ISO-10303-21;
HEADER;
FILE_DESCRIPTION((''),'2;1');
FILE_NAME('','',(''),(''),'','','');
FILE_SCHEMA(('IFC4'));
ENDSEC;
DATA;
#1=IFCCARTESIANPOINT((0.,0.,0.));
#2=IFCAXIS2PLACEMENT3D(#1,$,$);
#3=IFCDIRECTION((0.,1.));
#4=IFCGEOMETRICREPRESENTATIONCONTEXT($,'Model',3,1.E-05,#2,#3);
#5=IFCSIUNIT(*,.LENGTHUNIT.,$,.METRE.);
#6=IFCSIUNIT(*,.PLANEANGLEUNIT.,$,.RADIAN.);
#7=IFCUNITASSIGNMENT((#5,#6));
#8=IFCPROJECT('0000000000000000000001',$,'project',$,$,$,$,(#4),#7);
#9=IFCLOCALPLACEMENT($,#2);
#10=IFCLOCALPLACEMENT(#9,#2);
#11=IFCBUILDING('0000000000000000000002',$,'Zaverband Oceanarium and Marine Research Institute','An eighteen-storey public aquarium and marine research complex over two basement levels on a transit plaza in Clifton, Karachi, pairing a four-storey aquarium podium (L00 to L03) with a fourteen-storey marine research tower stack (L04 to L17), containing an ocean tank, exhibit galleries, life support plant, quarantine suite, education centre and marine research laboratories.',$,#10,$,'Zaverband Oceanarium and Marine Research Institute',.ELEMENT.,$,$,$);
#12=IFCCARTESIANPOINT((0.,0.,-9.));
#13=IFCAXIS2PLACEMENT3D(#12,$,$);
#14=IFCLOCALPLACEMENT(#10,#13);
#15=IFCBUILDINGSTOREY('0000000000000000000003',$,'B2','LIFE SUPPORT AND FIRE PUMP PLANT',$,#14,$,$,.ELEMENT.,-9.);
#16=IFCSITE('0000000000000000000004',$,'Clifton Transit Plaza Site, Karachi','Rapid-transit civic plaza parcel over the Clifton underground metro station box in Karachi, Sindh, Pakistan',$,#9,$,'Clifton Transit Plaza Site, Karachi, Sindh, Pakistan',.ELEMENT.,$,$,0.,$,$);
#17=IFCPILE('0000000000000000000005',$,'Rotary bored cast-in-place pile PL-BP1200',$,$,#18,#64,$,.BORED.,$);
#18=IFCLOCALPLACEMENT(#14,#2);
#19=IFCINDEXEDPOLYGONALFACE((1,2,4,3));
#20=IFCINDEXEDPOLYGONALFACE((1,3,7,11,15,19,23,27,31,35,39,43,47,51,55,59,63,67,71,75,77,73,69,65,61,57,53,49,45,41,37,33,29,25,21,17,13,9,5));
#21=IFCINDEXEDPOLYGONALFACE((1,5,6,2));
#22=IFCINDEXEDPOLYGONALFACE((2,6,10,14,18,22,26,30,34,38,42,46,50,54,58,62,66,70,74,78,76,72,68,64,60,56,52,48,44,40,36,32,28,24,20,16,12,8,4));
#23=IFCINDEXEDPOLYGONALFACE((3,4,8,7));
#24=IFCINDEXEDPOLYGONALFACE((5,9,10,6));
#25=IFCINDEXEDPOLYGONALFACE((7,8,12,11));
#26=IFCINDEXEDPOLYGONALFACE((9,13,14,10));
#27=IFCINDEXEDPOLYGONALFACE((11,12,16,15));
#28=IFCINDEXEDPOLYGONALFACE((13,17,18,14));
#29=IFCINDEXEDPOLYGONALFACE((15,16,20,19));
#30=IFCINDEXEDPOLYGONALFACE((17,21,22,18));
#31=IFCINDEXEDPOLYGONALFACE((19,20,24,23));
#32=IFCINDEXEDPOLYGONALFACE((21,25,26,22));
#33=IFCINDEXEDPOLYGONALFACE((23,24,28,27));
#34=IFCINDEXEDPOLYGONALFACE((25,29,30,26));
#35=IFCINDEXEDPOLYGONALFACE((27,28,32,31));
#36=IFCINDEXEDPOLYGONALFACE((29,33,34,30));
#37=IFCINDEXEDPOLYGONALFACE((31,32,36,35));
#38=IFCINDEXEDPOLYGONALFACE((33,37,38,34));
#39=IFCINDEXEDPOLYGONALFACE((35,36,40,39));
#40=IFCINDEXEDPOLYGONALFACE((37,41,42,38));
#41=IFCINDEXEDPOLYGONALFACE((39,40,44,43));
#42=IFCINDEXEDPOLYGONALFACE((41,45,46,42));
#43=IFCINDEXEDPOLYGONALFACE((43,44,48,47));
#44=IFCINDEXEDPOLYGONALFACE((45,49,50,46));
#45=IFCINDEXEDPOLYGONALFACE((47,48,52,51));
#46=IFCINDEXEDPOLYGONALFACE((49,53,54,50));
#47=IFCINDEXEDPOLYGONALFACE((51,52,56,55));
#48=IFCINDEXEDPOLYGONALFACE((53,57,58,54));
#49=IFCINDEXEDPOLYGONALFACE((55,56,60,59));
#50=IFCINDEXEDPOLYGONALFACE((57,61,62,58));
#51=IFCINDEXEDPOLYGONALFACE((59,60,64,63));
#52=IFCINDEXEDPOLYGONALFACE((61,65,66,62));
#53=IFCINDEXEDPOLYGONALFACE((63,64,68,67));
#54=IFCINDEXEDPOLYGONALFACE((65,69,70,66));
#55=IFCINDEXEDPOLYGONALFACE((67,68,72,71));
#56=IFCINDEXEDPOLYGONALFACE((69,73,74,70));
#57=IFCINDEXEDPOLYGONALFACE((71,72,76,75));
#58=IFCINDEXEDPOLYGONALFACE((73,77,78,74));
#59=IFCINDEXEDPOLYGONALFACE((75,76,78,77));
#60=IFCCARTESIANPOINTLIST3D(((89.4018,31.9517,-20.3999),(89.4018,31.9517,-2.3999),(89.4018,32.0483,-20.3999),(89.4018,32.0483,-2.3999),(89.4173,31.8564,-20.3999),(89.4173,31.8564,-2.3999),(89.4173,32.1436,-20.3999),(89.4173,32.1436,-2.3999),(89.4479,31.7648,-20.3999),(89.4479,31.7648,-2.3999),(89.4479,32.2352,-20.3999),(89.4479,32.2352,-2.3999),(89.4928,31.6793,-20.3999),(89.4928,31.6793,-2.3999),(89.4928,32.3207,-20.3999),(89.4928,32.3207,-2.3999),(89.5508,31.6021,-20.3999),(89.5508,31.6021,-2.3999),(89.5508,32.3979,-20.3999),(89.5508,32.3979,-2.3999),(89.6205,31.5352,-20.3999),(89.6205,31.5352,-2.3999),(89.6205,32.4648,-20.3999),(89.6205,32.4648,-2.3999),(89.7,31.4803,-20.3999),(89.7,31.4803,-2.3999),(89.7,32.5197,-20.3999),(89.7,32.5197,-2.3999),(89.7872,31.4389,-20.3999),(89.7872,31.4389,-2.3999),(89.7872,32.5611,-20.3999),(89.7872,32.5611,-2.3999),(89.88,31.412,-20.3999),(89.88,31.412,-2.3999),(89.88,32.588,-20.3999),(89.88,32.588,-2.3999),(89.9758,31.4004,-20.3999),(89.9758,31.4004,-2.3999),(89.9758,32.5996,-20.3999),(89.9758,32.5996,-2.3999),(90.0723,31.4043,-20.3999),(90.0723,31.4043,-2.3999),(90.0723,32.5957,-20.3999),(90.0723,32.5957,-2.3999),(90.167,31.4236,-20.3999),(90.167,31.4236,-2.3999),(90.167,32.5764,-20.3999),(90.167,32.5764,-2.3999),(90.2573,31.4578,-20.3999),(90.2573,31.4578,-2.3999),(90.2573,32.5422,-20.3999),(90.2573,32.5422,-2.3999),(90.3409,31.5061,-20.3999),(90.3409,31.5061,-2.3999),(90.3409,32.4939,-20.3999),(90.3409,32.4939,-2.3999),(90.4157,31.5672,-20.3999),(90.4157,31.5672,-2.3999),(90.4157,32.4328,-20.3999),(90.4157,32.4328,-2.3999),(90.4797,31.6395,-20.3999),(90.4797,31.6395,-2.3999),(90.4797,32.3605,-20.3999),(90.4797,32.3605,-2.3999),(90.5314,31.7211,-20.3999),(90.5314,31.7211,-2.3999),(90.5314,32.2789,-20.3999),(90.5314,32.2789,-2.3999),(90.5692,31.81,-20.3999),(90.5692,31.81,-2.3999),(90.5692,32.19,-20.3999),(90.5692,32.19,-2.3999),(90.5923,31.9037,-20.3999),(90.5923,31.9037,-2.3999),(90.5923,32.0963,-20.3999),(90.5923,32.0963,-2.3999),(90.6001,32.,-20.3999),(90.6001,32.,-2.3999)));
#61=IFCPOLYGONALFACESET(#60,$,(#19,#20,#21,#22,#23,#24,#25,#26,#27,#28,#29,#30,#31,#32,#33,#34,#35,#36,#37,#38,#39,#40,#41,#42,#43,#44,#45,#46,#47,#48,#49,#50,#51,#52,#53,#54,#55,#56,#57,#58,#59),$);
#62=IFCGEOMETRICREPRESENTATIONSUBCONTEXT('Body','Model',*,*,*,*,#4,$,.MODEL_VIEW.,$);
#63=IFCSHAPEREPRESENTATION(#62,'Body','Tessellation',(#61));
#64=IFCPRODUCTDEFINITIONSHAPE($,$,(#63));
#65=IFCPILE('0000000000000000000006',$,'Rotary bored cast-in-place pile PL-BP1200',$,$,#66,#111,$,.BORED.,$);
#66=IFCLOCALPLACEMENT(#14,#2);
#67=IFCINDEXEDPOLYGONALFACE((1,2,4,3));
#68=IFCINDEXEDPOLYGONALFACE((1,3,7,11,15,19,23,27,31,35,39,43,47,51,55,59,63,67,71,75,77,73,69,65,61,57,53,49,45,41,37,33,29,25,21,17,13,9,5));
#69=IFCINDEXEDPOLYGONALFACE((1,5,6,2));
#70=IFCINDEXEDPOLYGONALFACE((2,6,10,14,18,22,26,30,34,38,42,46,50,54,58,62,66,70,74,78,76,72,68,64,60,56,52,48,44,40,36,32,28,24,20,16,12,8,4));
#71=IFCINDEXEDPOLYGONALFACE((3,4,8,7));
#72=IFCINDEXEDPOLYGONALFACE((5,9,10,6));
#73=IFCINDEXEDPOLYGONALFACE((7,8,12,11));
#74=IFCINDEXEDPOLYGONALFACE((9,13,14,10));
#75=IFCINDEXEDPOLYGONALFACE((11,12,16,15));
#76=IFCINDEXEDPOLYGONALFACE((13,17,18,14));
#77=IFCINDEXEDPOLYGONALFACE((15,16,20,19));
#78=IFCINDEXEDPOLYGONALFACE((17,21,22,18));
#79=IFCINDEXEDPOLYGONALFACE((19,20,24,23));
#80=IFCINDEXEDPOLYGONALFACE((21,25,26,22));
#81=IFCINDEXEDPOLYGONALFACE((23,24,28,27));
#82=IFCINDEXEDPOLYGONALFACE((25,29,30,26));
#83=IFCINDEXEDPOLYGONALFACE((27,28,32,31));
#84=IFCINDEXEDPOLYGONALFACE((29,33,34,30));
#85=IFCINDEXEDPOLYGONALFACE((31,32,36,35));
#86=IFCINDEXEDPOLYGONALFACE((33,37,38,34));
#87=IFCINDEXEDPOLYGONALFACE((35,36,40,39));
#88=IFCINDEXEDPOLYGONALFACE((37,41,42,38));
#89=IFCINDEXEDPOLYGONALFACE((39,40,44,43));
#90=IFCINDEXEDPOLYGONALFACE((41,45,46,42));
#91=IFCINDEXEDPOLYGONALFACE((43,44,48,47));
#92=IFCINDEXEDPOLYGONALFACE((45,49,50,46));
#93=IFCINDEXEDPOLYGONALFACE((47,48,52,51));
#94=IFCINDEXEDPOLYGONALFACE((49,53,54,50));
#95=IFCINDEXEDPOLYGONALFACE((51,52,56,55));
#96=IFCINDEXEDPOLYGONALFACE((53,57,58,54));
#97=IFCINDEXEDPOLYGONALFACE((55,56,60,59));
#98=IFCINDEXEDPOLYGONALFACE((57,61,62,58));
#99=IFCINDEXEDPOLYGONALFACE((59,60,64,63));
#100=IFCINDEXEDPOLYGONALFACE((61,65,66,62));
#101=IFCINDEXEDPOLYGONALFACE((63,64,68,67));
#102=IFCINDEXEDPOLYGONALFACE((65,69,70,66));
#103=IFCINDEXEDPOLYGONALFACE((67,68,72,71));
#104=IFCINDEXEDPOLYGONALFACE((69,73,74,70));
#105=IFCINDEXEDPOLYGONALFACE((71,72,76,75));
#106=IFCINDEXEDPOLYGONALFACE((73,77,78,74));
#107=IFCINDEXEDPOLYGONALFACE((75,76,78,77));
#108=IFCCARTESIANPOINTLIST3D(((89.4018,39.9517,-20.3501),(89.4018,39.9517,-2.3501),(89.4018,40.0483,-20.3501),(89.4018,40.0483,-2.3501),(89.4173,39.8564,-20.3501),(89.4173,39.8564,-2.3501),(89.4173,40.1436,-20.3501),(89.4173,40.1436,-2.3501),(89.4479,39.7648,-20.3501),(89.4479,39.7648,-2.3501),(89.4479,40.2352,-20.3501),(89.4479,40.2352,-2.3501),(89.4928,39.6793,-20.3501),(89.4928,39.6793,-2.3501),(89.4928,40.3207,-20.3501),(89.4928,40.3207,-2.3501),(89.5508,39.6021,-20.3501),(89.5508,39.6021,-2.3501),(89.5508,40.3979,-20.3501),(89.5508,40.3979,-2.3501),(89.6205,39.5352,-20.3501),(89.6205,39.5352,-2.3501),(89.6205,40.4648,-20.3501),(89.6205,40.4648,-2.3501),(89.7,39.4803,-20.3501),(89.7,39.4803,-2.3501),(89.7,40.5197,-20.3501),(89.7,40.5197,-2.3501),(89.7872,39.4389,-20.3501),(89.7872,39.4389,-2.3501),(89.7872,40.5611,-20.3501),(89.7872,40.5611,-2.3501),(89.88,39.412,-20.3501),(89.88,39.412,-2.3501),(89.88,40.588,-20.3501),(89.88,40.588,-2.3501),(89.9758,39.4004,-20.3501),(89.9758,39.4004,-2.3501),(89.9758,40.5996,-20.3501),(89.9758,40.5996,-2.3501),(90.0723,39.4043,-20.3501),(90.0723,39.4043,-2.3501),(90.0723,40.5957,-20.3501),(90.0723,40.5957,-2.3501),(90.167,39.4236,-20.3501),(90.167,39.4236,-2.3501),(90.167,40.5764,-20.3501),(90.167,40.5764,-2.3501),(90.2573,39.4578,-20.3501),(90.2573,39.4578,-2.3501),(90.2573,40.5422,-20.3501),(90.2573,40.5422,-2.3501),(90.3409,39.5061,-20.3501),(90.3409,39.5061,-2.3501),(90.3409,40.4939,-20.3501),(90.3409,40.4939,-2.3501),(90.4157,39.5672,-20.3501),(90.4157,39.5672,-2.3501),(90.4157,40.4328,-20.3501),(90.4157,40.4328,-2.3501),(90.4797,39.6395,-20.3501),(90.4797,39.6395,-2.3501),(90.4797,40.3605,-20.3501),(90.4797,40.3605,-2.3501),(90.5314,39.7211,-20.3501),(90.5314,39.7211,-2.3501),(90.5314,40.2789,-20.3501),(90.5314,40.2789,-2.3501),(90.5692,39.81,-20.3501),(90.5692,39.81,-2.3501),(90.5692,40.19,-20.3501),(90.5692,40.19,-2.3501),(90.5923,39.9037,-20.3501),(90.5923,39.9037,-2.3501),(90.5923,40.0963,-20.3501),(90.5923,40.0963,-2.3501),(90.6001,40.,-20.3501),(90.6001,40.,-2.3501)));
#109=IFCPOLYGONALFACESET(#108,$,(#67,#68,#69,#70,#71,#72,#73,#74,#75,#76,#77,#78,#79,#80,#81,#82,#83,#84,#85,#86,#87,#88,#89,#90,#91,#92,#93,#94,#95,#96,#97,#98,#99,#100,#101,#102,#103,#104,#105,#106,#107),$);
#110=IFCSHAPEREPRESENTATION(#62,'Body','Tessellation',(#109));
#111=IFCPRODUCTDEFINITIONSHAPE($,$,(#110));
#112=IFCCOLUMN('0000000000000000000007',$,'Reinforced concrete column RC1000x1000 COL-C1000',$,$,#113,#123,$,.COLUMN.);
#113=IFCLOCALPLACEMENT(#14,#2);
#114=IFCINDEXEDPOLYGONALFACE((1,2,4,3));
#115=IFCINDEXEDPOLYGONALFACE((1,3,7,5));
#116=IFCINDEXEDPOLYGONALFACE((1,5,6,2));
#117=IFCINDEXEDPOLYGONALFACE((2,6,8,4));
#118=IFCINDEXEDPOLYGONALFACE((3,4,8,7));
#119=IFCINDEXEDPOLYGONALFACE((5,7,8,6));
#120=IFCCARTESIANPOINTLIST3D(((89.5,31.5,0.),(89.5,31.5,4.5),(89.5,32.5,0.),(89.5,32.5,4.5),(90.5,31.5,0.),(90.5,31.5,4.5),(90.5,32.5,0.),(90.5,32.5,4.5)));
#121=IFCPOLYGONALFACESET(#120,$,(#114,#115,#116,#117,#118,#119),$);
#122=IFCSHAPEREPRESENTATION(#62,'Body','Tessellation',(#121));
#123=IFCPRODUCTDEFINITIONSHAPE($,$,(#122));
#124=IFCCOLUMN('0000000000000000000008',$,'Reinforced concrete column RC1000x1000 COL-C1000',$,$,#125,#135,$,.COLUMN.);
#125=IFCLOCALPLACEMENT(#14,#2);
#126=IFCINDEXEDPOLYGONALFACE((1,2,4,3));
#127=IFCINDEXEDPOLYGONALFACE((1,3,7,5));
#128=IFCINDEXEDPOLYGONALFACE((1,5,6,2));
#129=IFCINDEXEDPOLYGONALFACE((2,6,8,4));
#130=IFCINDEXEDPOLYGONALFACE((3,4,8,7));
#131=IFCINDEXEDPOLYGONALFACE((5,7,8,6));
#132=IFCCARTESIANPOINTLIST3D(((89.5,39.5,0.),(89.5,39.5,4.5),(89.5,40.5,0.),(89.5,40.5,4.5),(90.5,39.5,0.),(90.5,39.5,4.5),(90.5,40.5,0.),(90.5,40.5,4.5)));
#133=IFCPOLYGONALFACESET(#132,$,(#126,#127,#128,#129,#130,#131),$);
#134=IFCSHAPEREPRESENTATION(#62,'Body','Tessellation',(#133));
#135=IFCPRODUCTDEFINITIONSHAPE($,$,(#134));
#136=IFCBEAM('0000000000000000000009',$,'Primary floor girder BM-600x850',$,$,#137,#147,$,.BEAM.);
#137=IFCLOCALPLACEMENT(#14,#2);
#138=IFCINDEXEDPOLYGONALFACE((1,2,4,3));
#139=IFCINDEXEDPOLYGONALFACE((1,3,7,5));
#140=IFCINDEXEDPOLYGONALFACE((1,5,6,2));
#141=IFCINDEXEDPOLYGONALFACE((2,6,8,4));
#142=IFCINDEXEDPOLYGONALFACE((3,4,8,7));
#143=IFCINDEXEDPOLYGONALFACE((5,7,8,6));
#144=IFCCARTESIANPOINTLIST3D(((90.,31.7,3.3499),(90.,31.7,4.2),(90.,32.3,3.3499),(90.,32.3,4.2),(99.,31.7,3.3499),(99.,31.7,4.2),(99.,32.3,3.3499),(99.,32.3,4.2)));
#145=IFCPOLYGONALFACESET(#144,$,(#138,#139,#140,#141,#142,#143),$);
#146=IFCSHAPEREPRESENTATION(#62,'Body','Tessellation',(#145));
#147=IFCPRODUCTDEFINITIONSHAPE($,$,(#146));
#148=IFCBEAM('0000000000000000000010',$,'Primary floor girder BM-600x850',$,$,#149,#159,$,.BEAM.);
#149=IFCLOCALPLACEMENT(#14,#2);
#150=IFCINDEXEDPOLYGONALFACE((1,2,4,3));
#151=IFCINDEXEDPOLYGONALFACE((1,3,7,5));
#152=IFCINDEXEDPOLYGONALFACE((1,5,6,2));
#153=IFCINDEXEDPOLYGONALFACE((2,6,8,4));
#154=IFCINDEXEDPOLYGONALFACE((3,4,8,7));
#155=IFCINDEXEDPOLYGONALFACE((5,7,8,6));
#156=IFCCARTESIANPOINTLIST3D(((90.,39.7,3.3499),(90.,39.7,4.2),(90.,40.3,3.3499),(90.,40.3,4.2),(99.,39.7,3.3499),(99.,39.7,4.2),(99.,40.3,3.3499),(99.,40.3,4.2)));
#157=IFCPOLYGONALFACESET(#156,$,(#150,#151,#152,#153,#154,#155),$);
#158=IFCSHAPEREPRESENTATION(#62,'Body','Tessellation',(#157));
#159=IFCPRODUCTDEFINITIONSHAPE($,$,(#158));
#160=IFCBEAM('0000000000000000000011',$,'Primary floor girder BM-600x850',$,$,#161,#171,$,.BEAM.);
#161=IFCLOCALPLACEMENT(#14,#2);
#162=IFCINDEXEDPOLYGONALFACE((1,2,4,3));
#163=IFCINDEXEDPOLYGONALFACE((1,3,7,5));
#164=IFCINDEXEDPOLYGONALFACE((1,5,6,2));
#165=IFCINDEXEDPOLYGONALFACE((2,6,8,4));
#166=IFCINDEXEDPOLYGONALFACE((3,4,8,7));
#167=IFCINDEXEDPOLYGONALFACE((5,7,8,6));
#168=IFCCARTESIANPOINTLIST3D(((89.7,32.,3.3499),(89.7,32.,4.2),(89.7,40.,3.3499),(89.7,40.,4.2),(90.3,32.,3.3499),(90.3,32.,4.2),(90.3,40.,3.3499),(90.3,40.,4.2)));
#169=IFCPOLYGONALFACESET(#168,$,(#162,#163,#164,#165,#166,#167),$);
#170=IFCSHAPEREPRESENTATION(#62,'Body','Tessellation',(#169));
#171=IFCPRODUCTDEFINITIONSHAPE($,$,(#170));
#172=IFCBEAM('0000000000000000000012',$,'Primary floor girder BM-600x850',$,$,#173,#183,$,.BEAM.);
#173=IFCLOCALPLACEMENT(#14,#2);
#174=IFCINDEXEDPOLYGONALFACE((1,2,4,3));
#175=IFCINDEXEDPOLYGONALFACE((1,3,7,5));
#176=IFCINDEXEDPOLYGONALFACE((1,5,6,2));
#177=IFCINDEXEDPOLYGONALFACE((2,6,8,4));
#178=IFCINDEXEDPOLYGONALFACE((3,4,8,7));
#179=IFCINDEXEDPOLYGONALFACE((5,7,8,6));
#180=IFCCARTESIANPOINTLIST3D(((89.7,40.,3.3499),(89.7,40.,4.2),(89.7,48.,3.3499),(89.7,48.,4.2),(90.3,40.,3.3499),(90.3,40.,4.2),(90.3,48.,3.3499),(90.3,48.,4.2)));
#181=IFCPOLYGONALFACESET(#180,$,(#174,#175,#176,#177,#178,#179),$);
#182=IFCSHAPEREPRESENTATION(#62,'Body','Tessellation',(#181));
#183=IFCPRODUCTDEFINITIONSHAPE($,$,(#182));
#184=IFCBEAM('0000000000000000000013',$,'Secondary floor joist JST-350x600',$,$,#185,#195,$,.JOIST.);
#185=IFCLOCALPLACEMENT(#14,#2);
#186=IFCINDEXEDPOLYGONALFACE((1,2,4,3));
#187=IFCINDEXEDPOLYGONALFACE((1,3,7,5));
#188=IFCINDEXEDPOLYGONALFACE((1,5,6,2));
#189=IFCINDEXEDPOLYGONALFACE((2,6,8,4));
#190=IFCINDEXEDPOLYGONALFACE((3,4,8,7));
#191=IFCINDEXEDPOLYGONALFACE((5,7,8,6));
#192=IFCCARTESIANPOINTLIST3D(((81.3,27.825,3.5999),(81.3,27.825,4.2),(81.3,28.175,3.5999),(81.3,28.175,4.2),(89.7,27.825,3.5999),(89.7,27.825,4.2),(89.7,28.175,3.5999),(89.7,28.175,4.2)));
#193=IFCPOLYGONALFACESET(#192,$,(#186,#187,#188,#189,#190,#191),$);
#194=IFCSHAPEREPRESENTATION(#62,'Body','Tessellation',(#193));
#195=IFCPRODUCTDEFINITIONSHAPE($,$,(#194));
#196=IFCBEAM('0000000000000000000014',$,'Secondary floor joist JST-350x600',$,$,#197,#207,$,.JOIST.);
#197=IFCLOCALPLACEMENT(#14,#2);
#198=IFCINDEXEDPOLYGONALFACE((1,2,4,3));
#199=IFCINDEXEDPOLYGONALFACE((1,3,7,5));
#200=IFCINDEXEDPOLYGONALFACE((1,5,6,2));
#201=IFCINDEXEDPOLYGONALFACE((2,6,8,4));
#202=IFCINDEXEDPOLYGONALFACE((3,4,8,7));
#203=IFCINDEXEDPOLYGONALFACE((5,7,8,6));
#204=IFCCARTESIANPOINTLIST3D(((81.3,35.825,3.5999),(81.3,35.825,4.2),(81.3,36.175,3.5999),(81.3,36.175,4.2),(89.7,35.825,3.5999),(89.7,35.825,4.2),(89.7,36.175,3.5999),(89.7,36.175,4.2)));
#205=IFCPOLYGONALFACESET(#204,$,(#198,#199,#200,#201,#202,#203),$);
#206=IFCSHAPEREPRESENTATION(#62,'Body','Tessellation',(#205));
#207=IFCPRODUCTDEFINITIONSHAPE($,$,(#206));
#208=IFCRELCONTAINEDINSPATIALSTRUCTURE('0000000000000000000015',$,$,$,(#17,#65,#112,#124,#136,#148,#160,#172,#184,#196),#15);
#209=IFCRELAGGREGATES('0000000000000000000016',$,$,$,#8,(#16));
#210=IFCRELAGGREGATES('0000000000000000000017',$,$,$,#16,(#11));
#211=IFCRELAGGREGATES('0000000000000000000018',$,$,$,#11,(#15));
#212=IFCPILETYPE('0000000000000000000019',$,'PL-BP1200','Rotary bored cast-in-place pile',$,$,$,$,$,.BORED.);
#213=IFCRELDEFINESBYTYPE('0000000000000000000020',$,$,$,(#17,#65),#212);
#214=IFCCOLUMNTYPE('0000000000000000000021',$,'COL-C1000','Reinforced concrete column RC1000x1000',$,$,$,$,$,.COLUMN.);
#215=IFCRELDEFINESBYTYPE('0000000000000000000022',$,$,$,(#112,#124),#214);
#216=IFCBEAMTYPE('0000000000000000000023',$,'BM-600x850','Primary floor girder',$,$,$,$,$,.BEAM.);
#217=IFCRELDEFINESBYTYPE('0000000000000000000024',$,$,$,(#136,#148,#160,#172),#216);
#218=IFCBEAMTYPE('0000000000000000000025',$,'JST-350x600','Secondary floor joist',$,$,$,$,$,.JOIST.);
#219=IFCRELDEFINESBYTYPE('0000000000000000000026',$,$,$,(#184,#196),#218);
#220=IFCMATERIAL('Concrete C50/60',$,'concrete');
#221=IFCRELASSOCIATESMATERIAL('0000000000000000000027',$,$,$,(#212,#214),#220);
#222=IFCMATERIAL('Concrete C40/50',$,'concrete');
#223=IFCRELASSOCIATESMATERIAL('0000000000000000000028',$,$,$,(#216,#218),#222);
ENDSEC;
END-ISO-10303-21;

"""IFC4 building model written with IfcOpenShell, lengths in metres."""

from ifc_helpers import new_model, si_unit, direction, frame, origin, origin_2d, place, context, subcontext, project, spatial, rectangle, circle, extrude, material, material_profile, profile_set, type_object, element, save


model = new_model("IFC4")

# Units and contexts
model_context = context("Model", 3, precision=1e-05, world=origin(), true_north=direction((0.0, 1.0)))
body_context = subcontext(model_context, "Body", "Model", "MODEL_VIEW")
ifc_project = project(units=[si_unit("LENGTHUNIT", "METRE"), si_unit("PLANEANGLEUNIT", "RADIAN")], contexts=[model_context])

# Site, building, storey
site_placement = place(None, origin())
site = spatial("IfcSite", under=ifc_project, at=site_placement, Name="Clifton Transit Plaza Site, Karachi", Description="Rapid-transit civic plaza parcel over the Clifton underground metro station box in Karachi, Sindh, Pakistan", LongName="Clifton Transit Plaza Site, Karachi, Sindh, Pakistan", CompositionType="ELEMENT", RefElevation=0.0)
building_placement = place(site_placement, origin())
building = spatial("IfcBuilding", under=site, at=building_placement, Name="Zaverband Oceanarium and Marine Research Institute", Description="An eighteen-storey public aquarium and marine research complex over two basement levels on a transit plaza in Clifton, Karachi, pairing a four-storey aquarium podium (L00 to L03) with a fourteen-storey marine research tower stack (L04 to L17), containing an ocean tank, exhibit galleries, life support plant, quarantine suite, education centre and marine research laboratories.", LongName="Zaverband Oceanarium and Marine Research Institute", CompositionType="ELEMENT")
storey_placement = place(building_placement, frame((0.0, 0.0, -9.0)))
storey = spatial("IfcBuildingStorey", under=building, at=storey_placement, Name="B2", Description="LIFE SUPPORT AND FIRE PUMP PLANT", CompositionType="ELEMENT", Elevation=-9.0)

# Shared definitions
ifc_material_1 = material(Name="Concrete C50/60", Category="concrete")

# Piles
ifc_material_profile_1 = material_profile(ifc_material_1, circle(Radius=0.6001, at=origin_2d()), Name="BP1200")
ifc_profile_set_1 = profile_set([ifc_material_profile_1], Name="Concrete C50/60")
pile_type = type_object("IfcPileType", Name="PL-BP1200", Description="Rotary bored cast-in-place pile", PredefinedType="BORED", material=ifc_profile_set_1)
for number, where, z_axis, x_axis, name in (
    (1, (90.0, 32.0, -2.3999), (0.0, 0.0, -1.0), (1.0, 0.0, 0.0), "Rotary bored cast-in-place pile PL-BP1200"),
    (2, (90.0, 40.0, -2.3501), (0.0, 0.0, -1.0), (1.0, 0.0, 0.0), "Rotary bored cast-in-place pile PL-BP1200"),
):
    element("IfcPile", number, at=place(storey_placement, frame(where, z_axis=z_axis, x_axis=x_axis)), inside=storey, type_object=pile_type, Name=name, PredefinedType="BORED", context=body_context, shape_type="SweptSolid", body=[
        extrude(circle(Radius=0.6001, at=origin_2d()), origin(), (0.0, 0.0, 1.0), 18.0),
    ])

# Columns
ifc_material_profile_2 = material_profile(ifc_material_1, rectangle(XDim=1.0, YDim=1.0, at=origin_2d()), Name="RC1000x1000")
ifc_profile_set_2 = profile_set([ifc_material_profile_2], Name="Concrete C50/60")
column_type = type_object("IfcColumnType", Name="COL-C1000", Description="Reinforced concrete column RC1000x1000", PredefinedType="COLUMN", material=ifc_profile_set_2)
for number, where, z_axis, x_axis, name in (
    (3, (90.0, 32.0, 0.0), (0.0, 0.0, 1.0), (1.0, 0.0, 0.0), "Reinforced concrete column RC1000x1000 COL-C1000"),
    (4, (90.0, 40.0, 0.0), (0.0, 0.0, 1.0), (1.0, 0.0, 0.0), "Reinforced concrete column RC1000x1000 COL-C1000"),
):
    element("IfcColumn", number, at=place(storey_placement, frame(where, z_axis=z_axis, x_axis=x_axis)), inside=storey, type_object=column_type, Name=name, PredefinedType="COLUMN", context=body_context, shape_type="SweptSolid", body=[
        extrude(rectangle(XDim=1.0, YDim=1.0, at=origin_2d()), origin(), (0.0, 0.0, 1.0), 4.5),
    ])

# Beams
ifc_material_2 = material(Name="Concrete C40/50", Category="concrete")
ifc_material_profile_3 = material_profile(ifc_material_2, rectangle(XDim=0.6001, YDim=0.8501, at=origin_2d()), Name="RC600x850")
ifc_profile_set_3 = profile_set([ifc_material_profile_3], Name="Concrete C40/50")
beam_type_1 = type_object("IfcBeamType", Name="BM-600x850", Description="Primary floor girder", PredefinedType="BEAM", material=ifc_profile_set_3)
for number, where, z_axis, x_axis, name in (
    (5, (90.0, 32.0, 3.7749), (1.0, 0.0, 0.0), (0.0, 1.0, 0.0), "Primary floor girder BM-600x850"),
    (6, (90.0, 40.0, 3.7749), (1.0, 0.0, 0.0), (0.0, 1.0, 0.0), "Primary floor girder BM-600x850"),
):
    element("IfcBeam", number, at=place(storey_placement, frame(where, z_axis=z_axis, x_axis=x_axis)), inside=storey, type_object=beam_type_1, Name=name, PredefinedType="BEAM", context=body_context, shape_type="SweptSolid", body=[
        extrude(rectangle(XDim=0.6001, YDim=0.8501, at=origin_2d()), origin(), (0.0, 0.0, 1.0), 9.0),
    ])
for number, where, z_axis, x_axis, name in (
    (7, (90.0, 32.0, 3.7749), (0.0, 1.0, 0.0), (-1.0, 0.0, 0.0), "Primary floor girder BM-600x850"),
    (8, (90.0, 40.0, 3.7749), (0.0, 1.0, 0.0), (-1.0, 0.0, 0.0), "Primary floor girder BM-600x850"),
):
    element("IfcBeam", number, at=place(storey_placement, frame(where, z_axis=z_axis, x_axis=x_axis)), inside=storey, type_object=beam_type_1, Name=name, PredefinedType="BEAM", context=body_context, shape_type="SweptSolid", body=[
        extrude(rectangle(XDim=0.6001, YDim=0.8501, at=origin_2d()), origin(), (0.0, 0.0, 1.0), 8.0),
    ])
ifc_material_profile_4 = material_profile(ifc_material_2, rectangle(XDim=0.3501, YDim=0.6001, at=origin_2d()), Name="RC350x600")
ifc_profile_set_4 = profile_set([ifc_material_profile_4], Name="Concrete C40/50")
beam_type_2 = type_object("IfcBeamType", Name="JST-350x600", Description="Secondary floor joist", PredefinedType="JOIST", material=ifc_profile_set_4)
for number, where, z_axis, x_axis, name in (
    (9, (81.3, 28.0, 3.8999), (1.0, 0.0, 0.0), (0.0, 1.0, 0.0), "Secondary floor joist JST-350x600"),
    (10, (81.3, 36.0, 3.8999), (1.0, 0.0, 0.0), (0.0, 1.0, 0.0), "Secondary floor joist JST-350x600"),
):
    element("IfcBeam", number, at=place(storey_placement, frame(where, z_axis=z_axis, x_axis=x_axis)), inside=storey, type_object=beam_type_2, Name=name, PredefinedType="JOIST", context=body_context, shape_type="SweptSolid", body=[
        extrude(rectangle(XDim=0.3501, YDim=0.6001, at=origin_2d()), origin(), (0.0, 0.0, 1.0), 8.3999),
    ])

save(model, "model.ifc")
